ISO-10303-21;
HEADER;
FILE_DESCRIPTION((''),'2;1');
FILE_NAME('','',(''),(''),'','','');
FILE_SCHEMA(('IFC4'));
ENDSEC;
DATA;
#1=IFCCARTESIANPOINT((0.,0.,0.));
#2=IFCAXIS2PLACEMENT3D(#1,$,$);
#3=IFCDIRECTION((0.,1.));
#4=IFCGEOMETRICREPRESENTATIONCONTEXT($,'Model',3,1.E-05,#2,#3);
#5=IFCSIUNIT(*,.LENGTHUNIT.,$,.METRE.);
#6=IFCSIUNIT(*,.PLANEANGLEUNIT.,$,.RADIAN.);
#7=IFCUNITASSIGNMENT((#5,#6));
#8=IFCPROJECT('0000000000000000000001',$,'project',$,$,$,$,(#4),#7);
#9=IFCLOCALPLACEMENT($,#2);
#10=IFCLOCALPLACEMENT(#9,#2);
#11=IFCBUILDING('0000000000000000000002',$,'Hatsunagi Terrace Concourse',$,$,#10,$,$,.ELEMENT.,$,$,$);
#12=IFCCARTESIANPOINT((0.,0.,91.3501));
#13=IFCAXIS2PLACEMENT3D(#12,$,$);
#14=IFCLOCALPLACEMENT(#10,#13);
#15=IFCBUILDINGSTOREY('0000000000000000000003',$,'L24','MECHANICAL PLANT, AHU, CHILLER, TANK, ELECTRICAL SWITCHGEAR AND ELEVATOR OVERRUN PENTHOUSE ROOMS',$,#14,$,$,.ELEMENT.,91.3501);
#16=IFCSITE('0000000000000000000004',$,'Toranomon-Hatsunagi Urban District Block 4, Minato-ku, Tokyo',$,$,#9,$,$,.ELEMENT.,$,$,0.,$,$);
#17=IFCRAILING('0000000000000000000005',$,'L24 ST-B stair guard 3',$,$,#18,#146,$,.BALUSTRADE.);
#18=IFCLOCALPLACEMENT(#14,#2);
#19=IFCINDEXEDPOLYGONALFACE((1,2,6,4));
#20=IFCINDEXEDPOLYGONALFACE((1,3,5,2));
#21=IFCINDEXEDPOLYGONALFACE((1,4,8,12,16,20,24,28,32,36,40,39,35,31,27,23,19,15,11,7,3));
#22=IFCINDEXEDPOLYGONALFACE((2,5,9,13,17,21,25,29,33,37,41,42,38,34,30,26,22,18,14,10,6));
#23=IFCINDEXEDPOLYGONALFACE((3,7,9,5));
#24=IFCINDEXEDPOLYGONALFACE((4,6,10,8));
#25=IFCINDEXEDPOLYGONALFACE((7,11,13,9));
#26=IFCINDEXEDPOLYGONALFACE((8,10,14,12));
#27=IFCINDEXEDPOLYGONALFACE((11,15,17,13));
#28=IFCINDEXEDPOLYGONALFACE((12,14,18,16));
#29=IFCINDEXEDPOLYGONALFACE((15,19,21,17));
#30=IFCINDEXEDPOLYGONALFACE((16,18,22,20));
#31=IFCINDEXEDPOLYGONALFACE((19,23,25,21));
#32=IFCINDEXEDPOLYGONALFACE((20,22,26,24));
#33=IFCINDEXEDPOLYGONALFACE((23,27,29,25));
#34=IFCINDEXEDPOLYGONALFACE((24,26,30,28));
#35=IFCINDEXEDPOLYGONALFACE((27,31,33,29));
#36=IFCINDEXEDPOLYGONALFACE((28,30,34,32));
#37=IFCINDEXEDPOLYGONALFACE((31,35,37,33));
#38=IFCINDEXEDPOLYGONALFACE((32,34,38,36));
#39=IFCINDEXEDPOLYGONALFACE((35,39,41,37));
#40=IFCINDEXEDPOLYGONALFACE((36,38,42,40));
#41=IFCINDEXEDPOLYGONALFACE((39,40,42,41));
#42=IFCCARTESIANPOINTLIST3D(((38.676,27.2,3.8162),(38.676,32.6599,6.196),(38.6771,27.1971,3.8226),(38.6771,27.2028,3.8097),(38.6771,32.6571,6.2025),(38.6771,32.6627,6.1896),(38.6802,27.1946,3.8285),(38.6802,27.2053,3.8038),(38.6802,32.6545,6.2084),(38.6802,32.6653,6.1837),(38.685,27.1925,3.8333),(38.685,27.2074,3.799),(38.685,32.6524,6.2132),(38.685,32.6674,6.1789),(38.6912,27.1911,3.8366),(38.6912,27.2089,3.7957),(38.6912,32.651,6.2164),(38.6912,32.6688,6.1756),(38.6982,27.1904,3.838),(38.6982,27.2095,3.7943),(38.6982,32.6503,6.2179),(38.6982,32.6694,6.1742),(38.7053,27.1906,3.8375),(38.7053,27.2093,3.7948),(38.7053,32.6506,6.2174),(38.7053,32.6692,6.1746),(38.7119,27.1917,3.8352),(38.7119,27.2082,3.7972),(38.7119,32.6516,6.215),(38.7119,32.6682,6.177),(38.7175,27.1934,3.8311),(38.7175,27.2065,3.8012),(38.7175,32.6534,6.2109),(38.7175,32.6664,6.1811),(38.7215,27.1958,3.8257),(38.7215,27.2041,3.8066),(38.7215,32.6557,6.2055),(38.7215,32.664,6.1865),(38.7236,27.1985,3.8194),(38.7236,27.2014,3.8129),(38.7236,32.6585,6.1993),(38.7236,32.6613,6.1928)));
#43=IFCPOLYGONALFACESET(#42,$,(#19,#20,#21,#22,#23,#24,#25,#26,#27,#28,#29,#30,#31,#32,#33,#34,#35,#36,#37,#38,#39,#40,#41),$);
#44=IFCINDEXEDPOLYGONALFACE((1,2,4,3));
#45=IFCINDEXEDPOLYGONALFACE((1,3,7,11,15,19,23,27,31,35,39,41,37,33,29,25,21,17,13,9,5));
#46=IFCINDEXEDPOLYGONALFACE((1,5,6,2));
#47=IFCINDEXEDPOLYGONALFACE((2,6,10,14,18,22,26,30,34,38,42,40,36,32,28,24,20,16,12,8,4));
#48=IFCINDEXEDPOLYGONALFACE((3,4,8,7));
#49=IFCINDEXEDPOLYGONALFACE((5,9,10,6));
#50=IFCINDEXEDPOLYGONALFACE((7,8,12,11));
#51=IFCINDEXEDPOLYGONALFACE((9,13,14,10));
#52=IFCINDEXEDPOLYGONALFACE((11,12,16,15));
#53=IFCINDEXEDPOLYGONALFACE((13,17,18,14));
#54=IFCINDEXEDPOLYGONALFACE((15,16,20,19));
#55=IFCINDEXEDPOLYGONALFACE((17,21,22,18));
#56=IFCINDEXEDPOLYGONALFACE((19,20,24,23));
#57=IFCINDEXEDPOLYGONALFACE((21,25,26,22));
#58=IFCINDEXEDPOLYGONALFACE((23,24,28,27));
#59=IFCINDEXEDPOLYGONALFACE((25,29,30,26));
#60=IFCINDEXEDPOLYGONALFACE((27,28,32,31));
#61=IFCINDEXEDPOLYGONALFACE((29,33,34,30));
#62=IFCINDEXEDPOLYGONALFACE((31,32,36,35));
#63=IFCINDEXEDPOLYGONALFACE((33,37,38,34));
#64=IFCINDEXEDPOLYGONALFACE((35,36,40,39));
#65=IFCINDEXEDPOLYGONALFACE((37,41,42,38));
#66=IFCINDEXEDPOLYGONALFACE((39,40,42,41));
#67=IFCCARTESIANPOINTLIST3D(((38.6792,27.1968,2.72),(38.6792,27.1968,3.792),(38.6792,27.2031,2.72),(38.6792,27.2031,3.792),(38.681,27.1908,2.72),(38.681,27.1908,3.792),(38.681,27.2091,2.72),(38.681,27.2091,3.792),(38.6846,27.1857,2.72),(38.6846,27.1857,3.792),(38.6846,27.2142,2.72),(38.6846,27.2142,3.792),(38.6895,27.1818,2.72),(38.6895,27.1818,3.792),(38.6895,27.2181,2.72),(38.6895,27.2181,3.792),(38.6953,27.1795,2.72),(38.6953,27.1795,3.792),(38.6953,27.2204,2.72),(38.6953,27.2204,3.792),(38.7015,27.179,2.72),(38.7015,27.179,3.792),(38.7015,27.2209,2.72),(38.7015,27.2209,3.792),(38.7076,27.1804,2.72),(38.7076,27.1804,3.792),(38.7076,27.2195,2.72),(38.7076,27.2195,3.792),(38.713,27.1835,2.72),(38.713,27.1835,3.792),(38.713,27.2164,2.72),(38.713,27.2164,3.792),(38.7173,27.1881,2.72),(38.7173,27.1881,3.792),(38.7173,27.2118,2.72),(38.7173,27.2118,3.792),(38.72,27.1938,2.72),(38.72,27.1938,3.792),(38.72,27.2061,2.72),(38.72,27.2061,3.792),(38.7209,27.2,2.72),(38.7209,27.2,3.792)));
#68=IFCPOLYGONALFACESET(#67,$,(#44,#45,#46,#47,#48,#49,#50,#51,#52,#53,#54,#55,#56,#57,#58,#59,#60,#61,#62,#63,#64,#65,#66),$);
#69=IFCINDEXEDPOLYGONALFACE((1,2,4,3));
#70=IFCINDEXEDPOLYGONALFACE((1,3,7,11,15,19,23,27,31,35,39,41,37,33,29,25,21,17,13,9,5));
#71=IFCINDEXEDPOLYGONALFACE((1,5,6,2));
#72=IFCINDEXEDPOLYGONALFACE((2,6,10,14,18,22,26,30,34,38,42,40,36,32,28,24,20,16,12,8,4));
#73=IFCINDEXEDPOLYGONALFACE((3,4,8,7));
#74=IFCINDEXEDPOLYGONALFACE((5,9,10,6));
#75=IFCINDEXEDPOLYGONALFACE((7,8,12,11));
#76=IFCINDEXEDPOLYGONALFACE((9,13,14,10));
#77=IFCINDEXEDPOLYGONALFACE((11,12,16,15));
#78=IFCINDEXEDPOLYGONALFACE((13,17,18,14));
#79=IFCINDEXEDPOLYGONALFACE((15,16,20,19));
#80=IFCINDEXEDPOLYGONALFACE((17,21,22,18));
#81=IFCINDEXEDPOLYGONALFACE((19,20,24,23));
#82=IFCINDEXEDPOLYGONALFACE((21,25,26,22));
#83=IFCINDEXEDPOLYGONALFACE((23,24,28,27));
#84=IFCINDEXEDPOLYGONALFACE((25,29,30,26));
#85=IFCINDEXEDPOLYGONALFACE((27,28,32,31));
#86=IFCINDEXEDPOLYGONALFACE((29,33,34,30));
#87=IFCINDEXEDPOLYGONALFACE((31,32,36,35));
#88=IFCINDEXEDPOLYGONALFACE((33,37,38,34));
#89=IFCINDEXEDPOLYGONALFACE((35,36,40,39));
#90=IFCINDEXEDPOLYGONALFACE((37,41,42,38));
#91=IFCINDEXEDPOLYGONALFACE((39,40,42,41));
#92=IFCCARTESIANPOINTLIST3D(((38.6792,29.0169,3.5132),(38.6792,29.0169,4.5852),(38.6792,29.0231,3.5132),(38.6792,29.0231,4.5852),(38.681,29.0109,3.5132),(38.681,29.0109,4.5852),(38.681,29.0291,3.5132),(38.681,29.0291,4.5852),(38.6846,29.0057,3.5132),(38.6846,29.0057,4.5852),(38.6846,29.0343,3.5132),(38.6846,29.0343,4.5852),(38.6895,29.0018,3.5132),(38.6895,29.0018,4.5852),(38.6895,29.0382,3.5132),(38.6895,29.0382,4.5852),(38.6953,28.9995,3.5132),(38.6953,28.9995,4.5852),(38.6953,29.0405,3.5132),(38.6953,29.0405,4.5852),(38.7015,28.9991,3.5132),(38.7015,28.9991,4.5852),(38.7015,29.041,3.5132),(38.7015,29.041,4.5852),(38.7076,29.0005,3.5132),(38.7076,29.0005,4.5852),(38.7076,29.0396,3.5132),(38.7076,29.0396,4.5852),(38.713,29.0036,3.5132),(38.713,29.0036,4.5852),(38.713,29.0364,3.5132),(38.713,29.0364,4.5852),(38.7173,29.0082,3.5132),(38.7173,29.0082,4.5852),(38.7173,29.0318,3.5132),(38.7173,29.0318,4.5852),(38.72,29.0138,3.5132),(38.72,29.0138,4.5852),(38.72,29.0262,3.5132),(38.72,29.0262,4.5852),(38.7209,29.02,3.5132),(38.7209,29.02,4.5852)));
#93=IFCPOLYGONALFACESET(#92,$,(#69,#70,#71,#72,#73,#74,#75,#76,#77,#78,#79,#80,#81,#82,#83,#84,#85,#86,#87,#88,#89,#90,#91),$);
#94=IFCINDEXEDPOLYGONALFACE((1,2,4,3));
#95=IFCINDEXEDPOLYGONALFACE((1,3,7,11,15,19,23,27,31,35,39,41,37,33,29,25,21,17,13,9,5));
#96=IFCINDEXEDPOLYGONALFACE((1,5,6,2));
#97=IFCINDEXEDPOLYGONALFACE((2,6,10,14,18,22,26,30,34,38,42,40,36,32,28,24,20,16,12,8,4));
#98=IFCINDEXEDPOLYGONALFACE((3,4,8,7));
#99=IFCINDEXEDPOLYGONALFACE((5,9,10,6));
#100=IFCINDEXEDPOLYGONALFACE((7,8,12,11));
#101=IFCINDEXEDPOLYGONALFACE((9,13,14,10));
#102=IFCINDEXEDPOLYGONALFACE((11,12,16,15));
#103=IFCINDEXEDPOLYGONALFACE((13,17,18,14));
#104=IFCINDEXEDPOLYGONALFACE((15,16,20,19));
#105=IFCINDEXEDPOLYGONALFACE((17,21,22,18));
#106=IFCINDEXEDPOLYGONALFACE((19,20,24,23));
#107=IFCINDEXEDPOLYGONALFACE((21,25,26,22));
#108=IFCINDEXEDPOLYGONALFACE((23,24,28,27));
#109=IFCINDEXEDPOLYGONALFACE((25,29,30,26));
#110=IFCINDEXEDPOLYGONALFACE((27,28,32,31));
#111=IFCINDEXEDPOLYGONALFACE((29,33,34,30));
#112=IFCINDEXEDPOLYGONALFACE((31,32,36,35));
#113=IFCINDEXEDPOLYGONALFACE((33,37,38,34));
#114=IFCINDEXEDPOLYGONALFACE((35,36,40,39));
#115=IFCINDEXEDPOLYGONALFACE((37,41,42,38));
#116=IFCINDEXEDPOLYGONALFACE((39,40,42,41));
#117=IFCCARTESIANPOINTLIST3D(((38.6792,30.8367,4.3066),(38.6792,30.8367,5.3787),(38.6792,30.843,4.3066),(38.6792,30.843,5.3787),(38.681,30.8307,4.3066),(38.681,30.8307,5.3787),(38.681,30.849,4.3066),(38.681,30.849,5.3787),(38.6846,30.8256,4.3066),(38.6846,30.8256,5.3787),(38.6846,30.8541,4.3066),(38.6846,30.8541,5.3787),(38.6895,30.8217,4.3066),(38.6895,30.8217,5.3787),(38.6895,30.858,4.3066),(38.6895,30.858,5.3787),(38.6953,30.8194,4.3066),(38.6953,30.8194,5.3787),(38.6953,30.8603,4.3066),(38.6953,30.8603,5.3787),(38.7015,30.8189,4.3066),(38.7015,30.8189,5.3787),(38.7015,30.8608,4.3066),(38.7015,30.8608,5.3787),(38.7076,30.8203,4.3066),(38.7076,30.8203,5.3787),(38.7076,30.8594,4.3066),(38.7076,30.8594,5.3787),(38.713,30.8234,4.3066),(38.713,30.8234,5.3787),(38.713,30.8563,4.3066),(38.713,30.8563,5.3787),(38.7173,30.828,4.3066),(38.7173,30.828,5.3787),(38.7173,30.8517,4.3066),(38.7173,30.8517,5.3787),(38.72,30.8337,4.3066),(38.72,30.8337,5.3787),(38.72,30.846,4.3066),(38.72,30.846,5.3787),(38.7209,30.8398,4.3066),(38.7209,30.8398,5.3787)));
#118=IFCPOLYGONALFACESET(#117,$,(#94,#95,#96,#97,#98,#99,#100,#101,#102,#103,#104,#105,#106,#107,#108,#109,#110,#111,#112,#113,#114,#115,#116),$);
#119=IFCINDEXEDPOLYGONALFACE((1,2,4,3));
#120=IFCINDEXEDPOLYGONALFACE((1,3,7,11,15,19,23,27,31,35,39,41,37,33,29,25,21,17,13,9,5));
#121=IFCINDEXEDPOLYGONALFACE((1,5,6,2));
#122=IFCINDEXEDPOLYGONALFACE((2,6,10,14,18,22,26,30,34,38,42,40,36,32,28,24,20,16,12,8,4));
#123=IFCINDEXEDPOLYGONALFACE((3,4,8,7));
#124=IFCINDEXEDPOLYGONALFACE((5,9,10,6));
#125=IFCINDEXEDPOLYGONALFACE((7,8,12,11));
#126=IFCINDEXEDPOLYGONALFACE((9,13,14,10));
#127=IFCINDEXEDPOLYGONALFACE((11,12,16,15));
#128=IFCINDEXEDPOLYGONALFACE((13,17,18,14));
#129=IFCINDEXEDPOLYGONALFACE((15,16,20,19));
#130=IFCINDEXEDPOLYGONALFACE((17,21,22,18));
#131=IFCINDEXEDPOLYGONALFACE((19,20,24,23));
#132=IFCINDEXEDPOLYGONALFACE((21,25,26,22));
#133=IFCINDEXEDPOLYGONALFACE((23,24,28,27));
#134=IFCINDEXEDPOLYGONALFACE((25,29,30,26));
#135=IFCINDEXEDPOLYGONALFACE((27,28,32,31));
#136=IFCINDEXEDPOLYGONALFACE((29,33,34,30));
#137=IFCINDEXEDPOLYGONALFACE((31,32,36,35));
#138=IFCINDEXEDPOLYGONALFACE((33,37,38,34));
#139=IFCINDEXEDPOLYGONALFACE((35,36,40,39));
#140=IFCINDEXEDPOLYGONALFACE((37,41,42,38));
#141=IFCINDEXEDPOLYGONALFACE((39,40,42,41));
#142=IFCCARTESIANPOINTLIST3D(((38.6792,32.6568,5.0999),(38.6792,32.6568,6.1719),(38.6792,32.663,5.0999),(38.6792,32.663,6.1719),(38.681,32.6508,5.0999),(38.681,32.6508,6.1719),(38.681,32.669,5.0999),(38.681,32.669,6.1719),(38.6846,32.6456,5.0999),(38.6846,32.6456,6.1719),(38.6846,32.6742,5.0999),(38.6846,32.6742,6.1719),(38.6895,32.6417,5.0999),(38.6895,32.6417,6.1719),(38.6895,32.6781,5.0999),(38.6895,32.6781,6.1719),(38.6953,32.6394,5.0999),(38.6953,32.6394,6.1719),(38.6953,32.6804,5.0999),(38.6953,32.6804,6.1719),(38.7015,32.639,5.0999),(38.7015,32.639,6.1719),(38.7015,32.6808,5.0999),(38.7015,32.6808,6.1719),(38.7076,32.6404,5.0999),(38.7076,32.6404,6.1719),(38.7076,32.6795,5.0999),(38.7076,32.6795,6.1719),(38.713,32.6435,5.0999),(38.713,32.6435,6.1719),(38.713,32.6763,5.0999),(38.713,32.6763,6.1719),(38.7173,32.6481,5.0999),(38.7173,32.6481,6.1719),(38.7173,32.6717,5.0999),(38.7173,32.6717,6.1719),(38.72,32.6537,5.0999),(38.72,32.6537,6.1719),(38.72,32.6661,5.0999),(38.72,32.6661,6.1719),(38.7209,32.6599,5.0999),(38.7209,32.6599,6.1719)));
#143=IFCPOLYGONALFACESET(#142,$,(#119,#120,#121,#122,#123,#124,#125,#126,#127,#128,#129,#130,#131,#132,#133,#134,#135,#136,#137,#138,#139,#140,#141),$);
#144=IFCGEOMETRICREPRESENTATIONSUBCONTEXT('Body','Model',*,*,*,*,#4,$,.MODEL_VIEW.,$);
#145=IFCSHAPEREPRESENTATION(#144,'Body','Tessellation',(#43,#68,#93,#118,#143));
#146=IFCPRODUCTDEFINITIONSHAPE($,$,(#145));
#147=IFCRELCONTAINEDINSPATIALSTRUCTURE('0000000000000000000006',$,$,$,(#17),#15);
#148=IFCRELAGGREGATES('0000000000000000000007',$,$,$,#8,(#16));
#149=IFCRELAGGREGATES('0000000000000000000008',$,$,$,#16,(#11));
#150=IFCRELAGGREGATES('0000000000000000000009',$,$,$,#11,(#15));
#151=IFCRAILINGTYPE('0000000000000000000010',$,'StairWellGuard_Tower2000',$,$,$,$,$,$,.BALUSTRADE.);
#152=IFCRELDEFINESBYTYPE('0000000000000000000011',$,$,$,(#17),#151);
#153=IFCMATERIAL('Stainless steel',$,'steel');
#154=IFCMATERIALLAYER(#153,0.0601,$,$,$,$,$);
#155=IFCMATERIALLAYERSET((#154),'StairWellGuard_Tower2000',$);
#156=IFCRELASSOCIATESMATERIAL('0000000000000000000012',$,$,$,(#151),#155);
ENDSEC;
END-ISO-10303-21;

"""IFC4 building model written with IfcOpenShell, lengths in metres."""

from ifc_helpers import new_model, si_unit, direction, frame, origin, origin_2d, place, context, subcontext, project, spatial, circle, extrude, material, layer, layer_set, type_object, element, save


model = new_model("IFC4")

# Units and contexts
model_context = context("Model", 3, precision=1e-05, world=origin(), true_north=direction((0.0, 1.0)))
body_context = subcontext(model_context, "Body", "Model", "MODEL_VIEW")
ifc_project = project(units=[si_unit("LENGTHUNIT", "METRE"), si_unit("PLANEANGLEUNIT", "RADIAN")], contexts=[model_context])

# Site, building, storey
site_placement = place(None, origin())
site = spatial("IfcSite", under=ifc_project, at=site_placement, Name="Toranomon-Hatsunagi Urban District Block 4, Minato-ku, Tokyo", CompositionType="ELEMENT", RefElevation=0.0)
building_placement = place(site_placement, origin())
building = spatial("IfcBuilding", under=site, at=building_placement, Name="Hatsunagi Terrace Concourse", CompositionType="ELEMENT")
storey_placement = place(building_placement, frame((0.0, 0.0, 91.3501)))
storey = spatial("IfcBuildingStorey", under=building, at=storey_placement, Name="L24", Description="MECHANICAL PLANT, AHU, CHILLER, TANK, ELECTRICAL SWITCHGEAR AND ELEVATOR OVERRUN PENTHOUSE ROOMS", CompositionType="ELEMENT", Elevation=91.3501)

# Railing
ifc_material_1 = material(Name="Stainless steel", Category="steel")
ifc_layer_1 = layer(ifc_material_1, 0.0601)
ifc_layer_set_1 = layer_set([ifc_layer_1], Name="StairWellGuard_Tower2000")
railing_type_1 = type_object("IfcRailingType", Name="StairWellGuard_Tower2000", PredefinedType="BALUSTRADE", material=ifc_layer_set_1)
railing_1_placement = place(storey_placement, frame((38.7, 27.2, 2.72)))
element("IfcRailing", 1, at=railing_1_placement, inside=storey, type_object=railing_type_1, Name="L24 ST-B stair guard 3", PredefinedType="BALUSTRADE", context=body_context, shape_type="SweptSolid", body=[
    extrude(circle(Radius=0.0239, at=origin_2d()), frame((0.0, 0.0, 1.0962), z_axis=(0.0, 0.916702, 0.399571), x_axis=(-1.0, 0.0, 0.0)), (0.0, 0.0, 1.0), 5.9561),
    extrude(circle(Radius=0.021, at=origin_2d()), origin(), (0.0, 0.0, 1.0), 1.072),
    extrude(circle(Radius=0.021, at=origin_2d()), frame((0.0, 1.8201, 0.7932)), (0.0, 0.0, 1.0), 1.072),
    extrude(circle(Radius=0.021, at=origin_2d()), frame((0.0, 3.6399, 1.5867)), (0.0, 0.0, 1.0), 1.072),
    extrude(circle(Radius=0.021, at=origin_2d()), frame((0.0, 5.46, 2.3799)), (0.0, 0.0, 1.0), 1.072),
])

save(model, "model.ifc")
